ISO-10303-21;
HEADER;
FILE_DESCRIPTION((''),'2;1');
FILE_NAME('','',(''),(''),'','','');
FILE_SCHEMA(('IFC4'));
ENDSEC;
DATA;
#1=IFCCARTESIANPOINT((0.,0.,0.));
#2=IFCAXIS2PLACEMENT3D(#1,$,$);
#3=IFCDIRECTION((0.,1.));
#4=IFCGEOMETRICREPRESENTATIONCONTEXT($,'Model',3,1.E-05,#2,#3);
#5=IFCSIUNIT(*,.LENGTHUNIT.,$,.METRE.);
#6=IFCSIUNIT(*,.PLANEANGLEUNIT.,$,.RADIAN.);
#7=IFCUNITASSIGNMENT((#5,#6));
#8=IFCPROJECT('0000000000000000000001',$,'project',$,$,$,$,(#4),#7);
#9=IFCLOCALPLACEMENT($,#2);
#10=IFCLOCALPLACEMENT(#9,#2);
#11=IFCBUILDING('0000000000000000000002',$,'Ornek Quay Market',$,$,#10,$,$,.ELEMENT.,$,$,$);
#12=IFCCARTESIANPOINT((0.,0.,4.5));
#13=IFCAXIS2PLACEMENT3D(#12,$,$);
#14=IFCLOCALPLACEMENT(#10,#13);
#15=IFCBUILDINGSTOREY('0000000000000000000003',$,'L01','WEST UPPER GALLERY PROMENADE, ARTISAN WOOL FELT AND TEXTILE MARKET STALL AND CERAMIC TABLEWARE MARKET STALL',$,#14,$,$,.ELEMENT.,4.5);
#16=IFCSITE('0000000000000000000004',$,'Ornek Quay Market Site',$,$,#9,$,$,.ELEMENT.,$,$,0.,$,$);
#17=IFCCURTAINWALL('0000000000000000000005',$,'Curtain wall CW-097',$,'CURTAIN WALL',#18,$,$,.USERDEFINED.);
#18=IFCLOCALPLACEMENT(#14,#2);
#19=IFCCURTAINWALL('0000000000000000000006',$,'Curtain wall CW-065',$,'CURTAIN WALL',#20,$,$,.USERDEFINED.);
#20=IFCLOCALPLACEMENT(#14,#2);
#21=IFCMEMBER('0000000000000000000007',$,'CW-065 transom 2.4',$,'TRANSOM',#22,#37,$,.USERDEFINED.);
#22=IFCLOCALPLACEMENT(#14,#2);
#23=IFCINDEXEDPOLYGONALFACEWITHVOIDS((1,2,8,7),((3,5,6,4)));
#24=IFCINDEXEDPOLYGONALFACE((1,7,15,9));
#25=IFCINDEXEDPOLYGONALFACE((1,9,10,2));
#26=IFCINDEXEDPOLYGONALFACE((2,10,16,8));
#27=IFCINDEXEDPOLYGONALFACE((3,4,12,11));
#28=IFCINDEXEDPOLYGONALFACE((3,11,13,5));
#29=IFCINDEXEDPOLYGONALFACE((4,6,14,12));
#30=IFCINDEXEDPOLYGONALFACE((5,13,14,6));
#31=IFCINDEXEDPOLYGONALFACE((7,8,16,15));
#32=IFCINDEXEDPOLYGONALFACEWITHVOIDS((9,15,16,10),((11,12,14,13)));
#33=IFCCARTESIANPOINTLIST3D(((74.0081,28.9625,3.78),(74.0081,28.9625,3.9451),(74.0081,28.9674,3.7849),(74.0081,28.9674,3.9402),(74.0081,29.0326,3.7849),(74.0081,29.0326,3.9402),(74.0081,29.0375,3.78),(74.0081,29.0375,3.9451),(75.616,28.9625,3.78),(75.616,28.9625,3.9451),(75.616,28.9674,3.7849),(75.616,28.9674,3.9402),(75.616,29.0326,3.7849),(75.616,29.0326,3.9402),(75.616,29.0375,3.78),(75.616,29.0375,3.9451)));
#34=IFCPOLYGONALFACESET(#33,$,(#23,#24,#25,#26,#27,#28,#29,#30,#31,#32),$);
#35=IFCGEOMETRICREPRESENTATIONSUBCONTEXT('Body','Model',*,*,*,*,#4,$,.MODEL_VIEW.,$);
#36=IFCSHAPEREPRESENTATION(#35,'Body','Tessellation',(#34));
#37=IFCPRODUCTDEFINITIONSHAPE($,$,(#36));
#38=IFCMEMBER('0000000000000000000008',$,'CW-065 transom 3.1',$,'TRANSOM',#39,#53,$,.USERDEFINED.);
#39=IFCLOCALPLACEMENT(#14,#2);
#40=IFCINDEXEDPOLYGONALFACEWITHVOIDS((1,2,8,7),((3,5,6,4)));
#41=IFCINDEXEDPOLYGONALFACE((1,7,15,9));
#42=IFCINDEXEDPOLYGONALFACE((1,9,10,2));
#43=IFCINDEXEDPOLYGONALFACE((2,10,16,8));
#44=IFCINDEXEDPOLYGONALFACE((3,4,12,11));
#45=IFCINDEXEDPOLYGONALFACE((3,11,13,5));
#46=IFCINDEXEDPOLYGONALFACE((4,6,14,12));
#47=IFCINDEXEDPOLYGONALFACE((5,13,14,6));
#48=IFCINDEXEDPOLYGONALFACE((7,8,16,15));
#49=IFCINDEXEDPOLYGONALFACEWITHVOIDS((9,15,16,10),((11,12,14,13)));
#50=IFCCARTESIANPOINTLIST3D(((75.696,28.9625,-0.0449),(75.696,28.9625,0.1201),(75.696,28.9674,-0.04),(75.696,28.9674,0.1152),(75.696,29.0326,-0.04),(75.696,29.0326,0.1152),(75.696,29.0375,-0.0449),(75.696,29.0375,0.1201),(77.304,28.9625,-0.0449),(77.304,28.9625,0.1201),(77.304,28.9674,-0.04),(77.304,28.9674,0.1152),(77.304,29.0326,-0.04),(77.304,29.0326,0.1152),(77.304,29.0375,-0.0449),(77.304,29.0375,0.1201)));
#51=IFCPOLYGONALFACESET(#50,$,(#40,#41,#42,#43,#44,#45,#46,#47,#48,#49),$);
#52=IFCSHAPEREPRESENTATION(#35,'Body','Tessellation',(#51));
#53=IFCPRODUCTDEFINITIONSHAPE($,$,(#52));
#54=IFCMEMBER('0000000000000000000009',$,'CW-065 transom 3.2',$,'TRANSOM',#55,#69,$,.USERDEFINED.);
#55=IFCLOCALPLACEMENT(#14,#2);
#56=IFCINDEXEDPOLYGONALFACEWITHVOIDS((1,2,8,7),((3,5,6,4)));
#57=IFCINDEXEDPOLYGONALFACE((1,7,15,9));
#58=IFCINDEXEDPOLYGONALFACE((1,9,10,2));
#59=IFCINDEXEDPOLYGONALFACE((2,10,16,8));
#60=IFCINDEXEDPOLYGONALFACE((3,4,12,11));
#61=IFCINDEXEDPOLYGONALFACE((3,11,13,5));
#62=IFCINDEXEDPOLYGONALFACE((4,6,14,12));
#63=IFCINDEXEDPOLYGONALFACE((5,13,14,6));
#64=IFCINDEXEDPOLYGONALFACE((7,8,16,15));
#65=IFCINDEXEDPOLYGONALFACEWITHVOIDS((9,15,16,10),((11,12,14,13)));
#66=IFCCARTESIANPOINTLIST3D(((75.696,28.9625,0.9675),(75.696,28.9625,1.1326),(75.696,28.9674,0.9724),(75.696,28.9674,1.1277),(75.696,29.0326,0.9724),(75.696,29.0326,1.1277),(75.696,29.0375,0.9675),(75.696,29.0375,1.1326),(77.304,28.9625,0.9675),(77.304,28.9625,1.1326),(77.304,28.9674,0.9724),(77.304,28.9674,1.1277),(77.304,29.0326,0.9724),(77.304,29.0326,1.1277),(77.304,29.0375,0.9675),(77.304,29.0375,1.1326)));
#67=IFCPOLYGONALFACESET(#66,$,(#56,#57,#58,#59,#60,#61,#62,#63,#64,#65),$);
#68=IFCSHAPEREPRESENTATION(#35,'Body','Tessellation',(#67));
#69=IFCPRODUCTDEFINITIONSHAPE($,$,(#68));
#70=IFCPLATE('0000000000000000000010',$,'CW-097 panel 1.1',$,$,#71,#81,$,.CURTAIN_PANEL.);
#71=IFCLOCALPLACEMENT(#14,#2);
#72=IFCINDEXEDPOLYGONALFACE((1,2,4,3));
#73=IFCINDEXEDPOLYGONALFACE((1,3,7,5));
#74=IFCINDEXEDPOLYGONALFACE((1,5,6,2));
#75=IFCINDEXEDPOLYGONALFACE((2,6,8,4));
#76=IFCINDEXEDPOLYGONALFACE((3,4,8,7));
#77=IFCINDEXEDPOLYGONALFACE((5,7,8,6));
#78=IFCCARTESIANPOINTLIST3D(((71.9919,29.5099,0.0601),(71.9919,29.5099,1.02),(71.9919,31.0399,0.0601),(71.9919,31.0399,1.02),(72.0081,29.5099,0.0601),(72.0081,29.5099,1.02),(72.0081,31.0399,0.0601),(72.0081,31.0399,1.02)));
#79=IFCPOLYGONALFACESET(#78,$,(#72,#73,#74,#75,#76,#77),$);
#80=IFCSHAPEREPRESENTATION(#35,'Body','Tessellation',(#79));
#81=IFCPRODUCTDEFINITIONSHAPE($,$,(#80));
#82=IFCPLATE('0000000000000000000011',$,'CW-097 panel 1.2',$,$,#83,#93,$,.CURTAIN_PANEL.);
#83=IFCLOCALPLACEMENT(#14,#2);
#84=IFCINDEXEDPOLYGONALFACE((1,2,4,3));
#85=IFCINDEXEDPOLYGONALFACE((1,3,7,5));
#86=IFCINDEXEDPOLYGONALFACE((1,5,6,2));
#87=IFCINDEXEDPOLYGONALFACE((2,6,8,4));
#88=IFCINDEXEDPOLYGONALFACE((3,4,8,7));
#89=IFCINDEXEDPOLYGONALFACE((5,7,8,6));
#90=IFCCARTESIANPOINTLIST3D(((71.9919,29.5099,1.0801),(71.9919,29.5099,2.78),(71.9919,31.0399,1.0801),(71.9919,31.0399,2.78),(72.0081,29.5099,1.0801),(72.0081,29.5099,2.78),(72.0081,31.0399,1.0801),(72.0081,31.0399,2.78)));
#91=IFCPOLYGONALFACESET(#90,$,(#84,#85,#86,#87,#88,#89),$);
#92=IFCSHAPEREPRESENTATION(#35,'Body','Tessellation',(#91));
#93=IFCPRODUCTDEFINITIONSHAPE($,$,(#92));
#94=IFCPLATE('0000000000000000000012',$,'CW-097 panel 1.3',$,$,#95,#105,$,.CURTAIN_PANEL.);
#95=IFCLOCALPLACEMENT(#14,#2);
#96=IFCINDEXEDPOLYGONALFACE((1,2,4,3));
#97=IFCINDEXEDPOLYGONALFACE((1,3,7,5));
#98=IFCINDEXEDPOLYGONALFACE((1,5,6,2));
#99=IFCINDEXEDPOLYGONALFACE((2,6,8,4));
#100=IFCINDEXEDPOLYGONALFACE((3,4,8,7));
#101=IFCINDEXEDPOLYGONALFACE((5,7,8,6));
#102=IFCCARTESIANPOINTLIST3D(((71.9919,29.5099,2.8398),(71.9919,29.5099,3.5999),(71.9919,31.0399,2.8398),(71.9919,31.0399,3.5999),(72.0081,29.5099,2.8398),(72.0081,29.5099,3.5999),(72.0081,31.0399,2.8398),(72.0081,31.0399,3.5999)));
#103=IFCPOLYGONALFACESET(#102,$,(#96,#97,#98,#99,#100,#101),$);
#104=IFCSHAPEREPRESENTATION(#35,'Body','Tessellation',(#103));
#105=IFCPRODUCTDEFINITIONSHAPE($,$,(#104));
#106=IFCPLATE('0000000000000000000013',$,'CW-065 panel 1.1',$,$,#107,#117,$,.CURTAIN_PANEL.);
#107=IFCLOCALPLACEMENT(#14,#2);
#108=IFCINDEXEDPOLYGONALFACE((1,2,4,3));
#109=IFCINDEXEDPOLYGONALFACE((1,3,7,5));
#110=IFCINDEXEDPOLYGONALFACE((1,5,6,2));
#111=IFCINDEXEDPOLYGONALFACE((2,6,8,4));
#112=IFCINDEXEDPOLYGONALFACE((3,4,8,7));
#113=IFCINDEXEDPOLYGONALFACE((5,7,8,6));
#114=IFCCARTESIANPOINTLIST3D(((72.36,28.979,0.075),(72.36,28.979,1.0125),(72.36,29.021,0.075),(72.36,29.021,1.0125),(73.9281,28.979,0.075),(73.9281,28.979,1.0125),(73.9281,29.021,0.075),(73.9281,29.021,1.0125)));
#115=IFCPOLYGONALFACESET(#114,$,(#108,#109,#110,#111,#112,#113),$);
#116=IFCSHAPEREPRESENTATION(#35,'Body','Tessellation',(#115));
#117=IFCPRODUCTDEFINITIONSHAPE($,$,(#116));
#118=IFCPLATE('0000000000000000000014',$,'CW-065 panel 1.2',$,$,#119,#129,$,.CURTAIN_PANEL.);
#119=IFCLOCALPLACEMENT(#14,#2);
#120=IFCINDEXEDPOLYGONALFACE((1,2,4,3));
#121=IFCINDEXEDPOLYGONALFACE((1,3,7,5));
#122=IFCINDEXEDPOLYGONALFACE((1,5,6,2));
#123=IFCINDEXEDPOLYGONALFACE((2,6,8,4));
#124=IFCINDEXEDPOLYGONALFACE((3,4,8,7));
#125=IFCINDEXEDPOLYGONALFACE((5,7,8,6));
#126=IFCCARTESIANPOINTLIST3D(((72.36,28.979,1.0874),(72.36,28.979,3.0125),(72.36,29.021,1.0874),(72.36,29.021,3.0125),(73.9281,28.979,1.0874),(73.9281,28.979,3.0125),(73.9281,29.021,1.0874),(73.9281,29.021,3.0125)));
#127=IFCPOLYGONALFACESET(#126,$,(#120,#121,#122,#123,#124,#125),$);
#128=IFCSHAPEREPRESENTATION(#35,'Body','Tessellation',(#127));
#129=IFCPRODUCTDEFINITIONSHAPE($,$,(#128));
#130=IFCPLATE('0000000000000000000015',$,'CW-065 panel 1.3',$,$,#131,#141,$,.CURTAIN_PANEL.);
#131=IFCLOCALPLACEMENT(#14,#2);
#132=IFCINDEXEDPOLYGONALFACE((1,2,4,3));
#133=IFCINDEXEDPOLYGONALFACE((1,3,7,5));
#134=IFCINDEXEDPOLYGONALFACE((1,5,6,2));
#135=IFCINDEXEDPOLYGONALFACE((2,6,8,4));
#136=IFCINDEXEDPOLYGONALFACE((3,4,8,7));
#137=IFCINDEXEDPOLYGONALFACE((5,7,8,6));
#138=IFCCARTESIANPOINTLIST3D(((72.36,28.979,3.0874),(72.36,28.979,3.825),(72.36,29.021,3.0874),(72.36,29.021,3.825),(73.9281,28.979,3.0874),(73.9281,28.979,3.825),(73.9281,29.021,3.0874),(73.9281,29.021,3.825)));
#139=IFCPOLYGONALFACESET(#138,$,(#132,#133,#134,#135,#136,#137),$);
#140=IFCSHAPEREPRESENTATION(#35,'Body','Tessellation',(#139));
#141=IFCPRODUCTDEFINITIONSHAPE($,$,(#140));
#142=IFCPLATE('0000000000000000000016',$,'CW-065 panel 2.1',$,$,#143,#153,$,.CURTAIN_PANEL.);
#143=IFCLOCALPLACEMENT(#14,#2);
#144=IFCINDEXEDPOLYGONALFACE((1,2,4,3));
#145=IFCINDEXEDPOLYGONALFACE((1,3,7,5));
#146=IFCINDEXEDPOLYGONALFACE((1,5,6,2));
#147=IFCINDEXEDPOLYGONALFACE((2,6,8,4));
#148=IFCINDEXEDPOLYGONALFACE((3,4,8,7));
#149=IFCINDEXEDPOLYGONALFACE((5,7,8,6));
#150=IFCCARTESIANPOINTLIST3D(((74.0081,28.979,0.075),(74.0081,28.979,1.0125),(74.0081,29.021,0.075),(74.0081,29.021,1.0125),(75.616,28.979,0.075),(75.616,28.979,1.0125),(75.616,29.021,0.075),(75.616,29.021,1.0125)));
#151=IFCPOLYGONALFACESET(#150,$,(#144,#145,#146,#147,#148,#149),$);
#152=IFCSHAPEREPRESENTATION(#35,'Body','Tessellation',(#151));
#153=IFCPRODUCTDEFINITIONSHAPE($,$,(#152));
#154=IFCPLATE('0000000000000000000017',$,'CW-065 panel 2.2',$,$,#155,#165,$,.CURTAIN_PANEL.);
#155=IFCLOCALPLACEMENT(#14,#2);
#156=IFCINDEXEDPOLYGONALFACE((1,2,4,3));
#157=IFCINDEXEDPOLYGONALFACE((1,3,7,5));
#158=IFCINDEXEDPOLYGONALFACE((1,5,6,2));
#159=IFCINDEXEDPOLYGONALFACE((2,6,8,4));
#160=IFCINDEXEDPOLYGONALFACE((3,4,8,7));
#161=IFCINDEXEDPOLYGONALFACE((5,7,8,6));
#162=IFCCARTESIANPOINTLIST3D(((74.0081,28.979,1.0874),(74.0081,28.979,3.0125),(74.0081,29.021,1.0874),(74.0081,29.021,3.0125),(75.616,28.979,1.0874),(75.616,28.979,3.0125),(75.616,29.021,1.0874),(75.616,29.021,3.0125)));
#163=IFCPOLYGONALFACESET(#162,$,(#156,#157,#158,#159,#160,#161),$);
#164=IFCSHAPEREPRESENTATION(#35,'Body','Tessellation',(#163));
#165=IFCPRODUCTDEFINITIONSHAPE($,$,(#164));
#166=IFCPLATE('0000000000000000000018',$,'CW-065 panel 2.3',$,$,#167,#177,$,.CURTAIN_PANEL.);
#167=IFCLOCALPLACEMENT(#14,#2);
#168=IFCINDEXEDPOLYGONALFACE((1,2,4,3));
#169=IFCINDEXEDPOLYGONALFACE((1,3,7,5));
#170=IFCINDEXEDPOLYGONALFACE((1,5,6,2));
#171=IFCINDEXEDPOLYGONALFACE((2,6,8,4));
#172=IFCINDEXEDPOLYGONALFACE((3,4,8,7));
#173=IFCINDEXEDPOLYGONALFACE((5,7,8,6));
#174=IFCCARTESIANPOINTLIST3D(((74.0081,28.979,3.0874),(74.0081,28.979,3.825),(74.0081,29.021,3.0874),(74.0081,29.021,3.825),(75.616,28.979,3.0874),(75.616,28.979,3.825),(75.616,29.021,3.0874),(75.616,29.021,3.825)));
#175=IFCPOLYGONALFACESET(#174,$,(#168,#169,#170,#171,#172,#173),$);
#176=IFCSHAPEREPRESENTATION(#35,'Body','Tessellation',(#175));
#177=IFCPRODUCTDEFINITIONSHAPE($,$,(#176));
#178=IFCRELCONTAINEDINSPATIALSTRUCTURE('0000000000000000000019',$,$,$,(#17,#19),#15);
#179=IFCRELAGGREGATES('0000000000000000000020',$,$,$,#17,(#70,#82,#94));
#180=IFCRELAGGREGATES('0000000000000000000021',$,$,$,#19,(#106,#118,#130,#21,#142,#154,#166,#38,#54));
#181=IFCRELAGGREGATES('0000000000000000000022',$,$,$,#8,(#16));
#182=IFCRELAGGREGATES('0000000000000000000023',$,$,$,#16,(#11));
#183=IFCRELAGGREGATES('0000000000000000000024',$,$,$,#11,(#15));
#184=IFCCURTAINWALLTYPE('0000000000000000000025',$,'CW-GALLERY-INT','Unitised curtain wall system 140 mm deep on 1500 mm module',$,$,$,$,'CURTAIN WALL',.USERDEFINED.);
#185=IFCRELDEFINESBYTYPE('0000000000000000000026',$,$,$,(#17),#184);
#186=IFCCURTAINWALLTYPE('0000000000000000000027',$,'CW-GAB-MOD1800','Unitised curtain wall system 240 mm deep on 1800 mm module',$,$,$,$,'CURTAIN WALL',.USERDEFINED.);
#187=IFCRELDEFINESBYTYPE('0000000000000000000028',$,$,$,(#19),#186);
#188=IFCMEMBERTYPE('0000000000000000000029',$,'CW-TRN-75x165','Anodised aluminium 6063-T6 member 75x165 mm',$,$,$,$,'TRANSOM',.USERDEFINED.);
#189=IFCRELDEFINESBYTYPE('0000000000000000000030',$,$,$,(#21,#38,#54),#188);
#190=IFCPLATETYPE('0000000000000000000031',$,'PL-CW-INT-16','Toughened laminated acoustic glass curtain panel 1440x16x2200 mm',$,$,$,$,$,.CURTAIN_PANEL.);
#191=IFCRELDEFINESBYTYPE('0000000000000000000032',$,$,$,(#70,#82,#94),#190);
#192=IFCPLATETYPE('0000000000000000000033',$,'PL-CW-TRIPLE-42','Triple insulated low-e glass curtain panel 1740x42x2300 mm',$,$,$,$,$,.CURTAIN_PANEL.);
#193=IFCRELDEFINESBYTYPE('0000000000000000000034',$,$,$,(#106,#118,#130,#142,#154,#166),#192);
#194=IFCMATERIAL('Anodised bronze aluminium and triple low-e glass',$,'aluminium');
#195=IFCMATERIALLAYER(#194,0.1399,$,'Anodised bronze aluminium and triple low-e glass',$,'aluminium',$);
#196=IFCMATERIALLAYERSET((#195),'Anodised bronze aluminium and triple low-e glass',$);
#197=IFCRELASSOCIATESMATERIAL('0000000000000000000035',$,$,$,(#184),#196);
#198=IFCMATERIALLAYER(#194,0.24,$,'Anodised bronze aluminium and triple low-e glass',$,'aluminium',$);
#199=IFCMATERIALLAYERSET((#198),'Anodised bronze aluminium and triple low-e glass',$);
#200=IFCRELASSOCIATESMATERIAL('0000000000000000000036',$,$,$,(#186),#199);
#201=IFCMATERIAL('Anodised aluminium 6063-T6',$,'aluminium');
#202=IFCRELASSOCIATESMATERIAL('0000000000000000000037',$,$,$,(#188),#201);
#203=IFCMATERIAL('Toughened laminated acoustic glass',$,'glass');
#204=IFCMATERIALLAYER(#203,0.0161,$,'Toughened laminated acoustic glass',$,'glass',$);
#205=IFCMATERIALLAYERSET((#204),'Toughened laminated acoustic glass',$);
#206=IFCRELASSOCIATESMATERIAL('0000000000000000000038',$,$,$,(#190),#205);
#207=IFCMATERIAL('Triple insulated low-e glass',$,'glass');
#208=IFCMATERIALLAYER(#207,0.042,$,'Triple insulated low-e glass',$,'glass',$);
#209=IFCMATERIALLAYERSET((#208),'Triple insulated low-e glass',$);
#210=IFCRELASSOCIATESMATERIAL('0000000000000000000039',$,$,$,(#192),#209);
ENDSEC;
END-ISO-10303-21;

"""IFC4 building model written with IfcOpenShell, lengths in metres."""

from ifc_helpers import new_model, si_unit, direction, frame, origin, origin_2d, place, context, subcontext, project, spatial, rectangle, hollow_rectangle, extrude, material, layer, layer_set, material_profile, profile_set, type_object, element, aggregate, save


model = new_model("IFC4")

# Units and contexts
model_context = context("Model", 3, precision=1e-05, world=origin(), true_north=direction((0.0, 1.0)))
body_context = subcontext(model_context, "Body", "Model", "MODEL_VIEW")
ifc_project = project(units=[si_unit("LENGTHUNIT", "METRE"), si_unit("PLANEANGLEUNIT", "RADIAN")], contexts=[model_context])

# Site, building, storey
site_placement = place(None, origin())
site = spatial("IfcSite", under=ifc_project, at=site_placement, Name="Ornek Quay Market Site", CompositionType="ELEMENT", RefElevation=0.0)
building_placement = place(site_placement, origin())
building = spatial("IfcBuilding", under=site, at=building_placement, Name="Ornek Quay Market", CompositionType="ELEMENT")
storey_placement = place(building_placement, frame((0.0, 0.0, 4.5)))
storey = spatial("IfcBuildingStorey", under=building, at=storey_placement, Name="L01", Description="WEST UPPER GALLERY PROMENADE, ARTISAN WOOL FELT AND TEXTILE MARKET STALL AND CERAMIC TABLEWARE MARKET STALL", CompositionType="ELEMENT", Elevation=4.5)

# Curtain walls
ifc_material_1 = material(Name="Anodised bronze aluminium and triple low-e glass", Category="aluminium")
ifc_layer_1 = layer(ifc_material_1, 0.1399, Name="Anodised bronze aluminium and triple low-e glass", Category="aluminium")
ifc_layer_set_1 = layer_set([ifc_layer_1], Name="Anodised bronze aluminium and triple low-e glass")
curtain_wall_type_1 = type_object("IfcCurtainWallType", Name="CW-GALLERY-INT", Description="Unitised curtain wall system 140 mm deep on 1500 mm module", ElementType="CURTAIN WALL", PredefinedType="USERDEFINED", material=ifc_layer_set_1)
curtain_wall_1_placement = place(storey_placement, origin())
curtain_wall_1 = element("IfcCurtainWall", 1, at=curtain_wall_1_placement, inside=storey, type_object=curtain_wall_type_1, Name="Curtain wall CW-097", ObjectType="CURTAIN WALL", PredefinedType="USERDEFINED")
ifc_material_2 = material(Name="Anodised aluminium 6063-T6", Category="aluminium")
ifc_layer_2 = layer(ifc_material_1, 0.24, Name="Anodised bronze aluminium and triple low-e glass", Category="aluminium")
ifc_layer_set_2 = layer_set([ifc_layer_2], Name="Anodised bronze aluminium and triple low-e glass")
curtain_wall_type_2 = type_object("IfcCurtainWallType", Name="CW-GAB-MOD1800", Description="Unitised curtain wall system 240 mm deep on 1800 mm module", ElementType="CURTAIN WALL", PredefinedType="USERDEFINED", material=ifc_layer_set_2)
curtain_wall_2_placement = place(storey_placement, origin())
curtain_wall_2 = element("IfcCurtainWall", 2, at=curtain_wall_2_placement, inside=storey, type_object=curtain_wall_type_2, Name="Curtain wall CW-065", ObjectType="CURTAIN WALL", PredefinedType="USERDEFINED")

# Members
ifc_material_profile_1 = material_profile(ifc_material_2, hollow_rectangle(XDim=0.075, YDim=0.165, WallThickness=0.0049, at=origin_2d()), Name="CW-TRN-75x165", Category="aluminium")
ifc_profile_set_1 = profile_set([ifc_material_profile_1], Name="Anodised aluminium 6063-T6")
member_type_1 = type_object("IfcMemberType", Name="CW-TRN-75x165", Description="Anodised aluminium 6063-T6 member 75x165 mm", ElementType="TRANSOM", PredefinedType="USERDEFINED", material=ifc_profile_set_1)
member_1_placement = place(storey_placement, frame((74.0081, 29.0, 3.8625), z_axis=(1.0, 0.0, 0.0), x_axis=(0.0, 1.0, 0.0)))
member_1 = element("IfcMember", 3, at=member_1_placement, type_object=member_type_1, Name="CW-065 transom 2.4", ObjectType="TRANSOM", PredefinedType="USERDEFINED", context=body_context, shape_type="SweptSolid", body=[
    extrude(hollow_rectangle(XDim=0.075, YDim=0.165, WallThickness=0.0049, at=origin_2d()), origin(), (0.0, 0.0, 1.0), 1.6079),
])
member_2_placement = place(storey_placement, frame((75.696, 29.0, 0.0376), z_axis=(1.0, 0.0, 0.0), x_axis=(0.0, 1.0, 0.0)))
member_2 = element("IfcMember", 4, at=member_2_placement, type_object=member_type_1, Name="CW-065 transom 3.1", ObjectType="TRANSOM", PredefinedType="USERDEFINED", context=body_context, shape_type="SweptSolid", body=[
    extrude(hollow_rectangle(XDim=0.075, YDim=0.165, WallThickness=0.0049, at=origin_2d()), origin(), (0.0, 0.0, 1.0), 1.6079),
])
member_3_placement = place(storey_placement, frame((75.696, 29.0, 1.05), z_axis=(1.0, 0.0, 0.0), x_axis=(0.0, 1.0, 0.0)))
member_3 = element("IfcMember", 5, at=member_3_placement, type_object=member_type_1, Name="CW-065 transom 3.2", ObjectType="TRANSOM", PredefinedType="USERDEFINED", context=body_context, shape_type="SweptSolid", body=[
    extrude(hollow_rectangle(XDim=0.075, YDim=0.165, WallThickness=0.0049, at=origin_2d()), origin(), (0.0, 0.0, 1.0), 1.6079),
])

# Plates
ifc_material_3 = material(Name="Toughened laminated acoustic glass", Category="glass")
ifc_layer_3 = layer(ifc_material_3, 0.0161, Name="Toughened laminated acoustic glass", Category="glass")
ifc_layer_set_3 = layer_set([ifc_layer_3], Name="Toughened laminated acoustic glass")
plate_type_1 = type_object("IfcPlateType", Name="PL-CW-INT-16", Description="Toughened laminated acoustic glass curtain panel 1440x16x2200 mm", PredefinedType="CURTAIN_PANEL", material=ifc_layer_set_3)
plate_1_placement = place(storey_placement, frame((72.0, 30.2749, 0.0601), z_axis=(0.0, 0.0, 1.0), x_axis=(0.0, 1.0, 0.0)))
plate_1 = element("IfcPlate", 6, at=plate_1_placement, type_object=plate_type_1, Name="CW-097 panel 1.1", PredefinedType="CURTAIN_PANEL", context=body_context, shape_type="SweptSolid", body=[
    extrude(rectangle(XDim=1.53, YDim=0.0161, at=origin_2d()), origin(), (0.0, 0.0, 1.0), 0.96),
])
plate_2_placement = place(storey_placement, frame((72.0, 30.2749, 1.0801), z_axis=(0.0, 0.0, 1.0), x_axis=(0.0, 1.0, 0.0)))
plate_2 = element("IfcPlate", 7, at=plate_2_placement, type_object=plate_type_1, Name="CW-097 panel 1.2", PredefinedType="CURTAIN_PANEL", context=body_context, shape_type="SweptSolid", body=[
    extrude(rectangle(XDim=1.53, YDim=0.0161, at=origin_2d()), origin(), (0.0, 0.0, 1.0), 1.7),
])
plate_3_placement = place(storey_placement, frame((72.0, 30.2749, 2.8398), z_axis=(0.0, 0.0, 1.0), x_axis=(0.0, 1.0, 0.0)))
plate_3 = element("IfcPlate", 8, at=plate_3_placement, type_object=plate_type_1, Name="CW-097 panel 1.3", PredefinedType="CURTAIN_PANEL", context=body_context, shape_type="SweptSolid", body=[
    extrude(rectangle(XDim=1.53, YDim=0.0161, at=origin_2d()), origin(), (0.0, 0.0, 1.0), 0.76),
])
aggregate(curtain_wall_1, [plate_1, plate_2, plate_3])
ifc_material_4 = material(Name="Triple insulated low-e glass", Category="glass")
ifc_layer_4 = layer(ifc_material_4, 0.042, Name="Triple insulated low-e glass", Category="glass")
ifc_layer_set_4 = layer_set([ifc_layer_4], Name="Triple insulated low-e glass")
plate_type_2 = type_object("IfcPlateType", Name="PL-CW-TRIPLE-42", Description="Triple insulated low-e glass curtain panel 1740x42x2300 mm", PredefinedType="CURTAIN_PANEL", material=ifc_layer_set_4)
plate_4_placement = place(storey_placement, frame((73.144, 29.0, 0.075), z_axis=(0.0, 0.0, 1.0), x_axis=(1.0, 0.0, 0.0)))
plate_4 = element("IfcPlate", 9, at=plate_4_placement, type_object=plate_type_2, Name="CW-065 panel 1.1", PredefinedType="CURTAIN_PANEL", context=body_context, shape_type="SweptSolid", body=[
    extrude(rectangle(XDim=1.5681, YDim=0.042, at=origin_2d()), origin(), (0.0, 0.0, 1.0), 0.9375),
])
plate_5_placement = place(storey_placement, frame((73.144, 29.0, 1.0874), z_axis=(0.0, 0.0, 1.0), x_axis=(1.0, 0.0, 0.0)))
plate_5 = element("IfcPlate", 10, at=plate_5_placement, type_object=plate_type_2, Name="CW-065 panel 1.2", PredefinedType="CURTAIN_PANEL", context=body_context, shape_type="SweptSolid", body=[
    extrude(rectangle(XDim=1.5681, YDim=0.042, at=origin_2d()), origin(), (0.0, 0.0, 1.0), 1.925),
])
plate_6_placement = place(storey_placement, frame((73.144, 29.0, 3.0874), z_axis=(0.0, 0.0, 1.0), x_axis=(1.0, 0.0, 0.0)))
plate_6 = element("IfcPlate", 11, at=plate_6_placement, type_object=plate_type_2, Name="CW-065 panel 1.3", PredefinedType="CURTAIN_PANEL", context=body_context, shape_type="SweptSolid", body=[
    extrude(rectangle(XDim=1.5681, YDim=0.042, at=origin_2d()), origin(), (0.0, 0.0, 1.0), 0.7375),
])
plate_7_placement = place(storey_placement, frame((74.812, 29.0, 0.075), z_axis=(0.0, 0.0, 1.0), x_axis=(1.0, 0.0, 0.0)))
plate_7 = element("IfcPlate", 12, at=plate_7_placement, type_object=plate_type_2, Name="CW-065 panel 2.1", PredefinedType="CURTAIN_PANEL", context=body_context, shape_type="SweptSolid", body=[
    extrude(rectangle(XDim=1.6079, YDim=0.042, at=origin_2d()), origin(), (0.0, 0.0, 1.0), 0.9375),
])
plate_8_placement = place(storey_placement, frame((74.812, 29.0, 1.0874), z_axis=(0.0, 0.0, 1.0), x_axis=(1.0, 0.0, 0.0)))
plate_8 = element("IfcPlate", 13, at=plate_8_placement, type_object=plate_type_2, Name="CW-065 panel 2.2", PredefinedType="CURTAIN_PANEL", context=body_context, shape_type="SweptSolid", body=[
    extrude(rectangle(XDim=1.6079, YDim=0.042, at=origin_2d()), origin(), (0.0, 0.0, 1.0), 1.925),
])
plate_9_placement = place(storey_placement, frame((74.812, 29.0, 3.0874), z_axis=(0.0, 0.0, 1.0), x_axis=(1.0, 0.0, 0.0)))
plate_9 = element("IfcPlate", 14, at=plate_9_placement, type_object=plate_type_2, Name="CW-065 panel 2.3", PredefinedType="CURTAIN_PANEL", context=body_context, shape_type="SweptSolid", body=[
    extrude(rectangle(XDim=1.6079, YDim=0.042, at=origin_2d()), origin(), (0.0, 0.0, 1.0), 0.7375),
])
aggregate(curtain_wall_2, [plate_4, plate_5, plate_6, member_1, plate_7, plate_8, plate_9, member_2, member_3])

save(model, "model.ifc")
